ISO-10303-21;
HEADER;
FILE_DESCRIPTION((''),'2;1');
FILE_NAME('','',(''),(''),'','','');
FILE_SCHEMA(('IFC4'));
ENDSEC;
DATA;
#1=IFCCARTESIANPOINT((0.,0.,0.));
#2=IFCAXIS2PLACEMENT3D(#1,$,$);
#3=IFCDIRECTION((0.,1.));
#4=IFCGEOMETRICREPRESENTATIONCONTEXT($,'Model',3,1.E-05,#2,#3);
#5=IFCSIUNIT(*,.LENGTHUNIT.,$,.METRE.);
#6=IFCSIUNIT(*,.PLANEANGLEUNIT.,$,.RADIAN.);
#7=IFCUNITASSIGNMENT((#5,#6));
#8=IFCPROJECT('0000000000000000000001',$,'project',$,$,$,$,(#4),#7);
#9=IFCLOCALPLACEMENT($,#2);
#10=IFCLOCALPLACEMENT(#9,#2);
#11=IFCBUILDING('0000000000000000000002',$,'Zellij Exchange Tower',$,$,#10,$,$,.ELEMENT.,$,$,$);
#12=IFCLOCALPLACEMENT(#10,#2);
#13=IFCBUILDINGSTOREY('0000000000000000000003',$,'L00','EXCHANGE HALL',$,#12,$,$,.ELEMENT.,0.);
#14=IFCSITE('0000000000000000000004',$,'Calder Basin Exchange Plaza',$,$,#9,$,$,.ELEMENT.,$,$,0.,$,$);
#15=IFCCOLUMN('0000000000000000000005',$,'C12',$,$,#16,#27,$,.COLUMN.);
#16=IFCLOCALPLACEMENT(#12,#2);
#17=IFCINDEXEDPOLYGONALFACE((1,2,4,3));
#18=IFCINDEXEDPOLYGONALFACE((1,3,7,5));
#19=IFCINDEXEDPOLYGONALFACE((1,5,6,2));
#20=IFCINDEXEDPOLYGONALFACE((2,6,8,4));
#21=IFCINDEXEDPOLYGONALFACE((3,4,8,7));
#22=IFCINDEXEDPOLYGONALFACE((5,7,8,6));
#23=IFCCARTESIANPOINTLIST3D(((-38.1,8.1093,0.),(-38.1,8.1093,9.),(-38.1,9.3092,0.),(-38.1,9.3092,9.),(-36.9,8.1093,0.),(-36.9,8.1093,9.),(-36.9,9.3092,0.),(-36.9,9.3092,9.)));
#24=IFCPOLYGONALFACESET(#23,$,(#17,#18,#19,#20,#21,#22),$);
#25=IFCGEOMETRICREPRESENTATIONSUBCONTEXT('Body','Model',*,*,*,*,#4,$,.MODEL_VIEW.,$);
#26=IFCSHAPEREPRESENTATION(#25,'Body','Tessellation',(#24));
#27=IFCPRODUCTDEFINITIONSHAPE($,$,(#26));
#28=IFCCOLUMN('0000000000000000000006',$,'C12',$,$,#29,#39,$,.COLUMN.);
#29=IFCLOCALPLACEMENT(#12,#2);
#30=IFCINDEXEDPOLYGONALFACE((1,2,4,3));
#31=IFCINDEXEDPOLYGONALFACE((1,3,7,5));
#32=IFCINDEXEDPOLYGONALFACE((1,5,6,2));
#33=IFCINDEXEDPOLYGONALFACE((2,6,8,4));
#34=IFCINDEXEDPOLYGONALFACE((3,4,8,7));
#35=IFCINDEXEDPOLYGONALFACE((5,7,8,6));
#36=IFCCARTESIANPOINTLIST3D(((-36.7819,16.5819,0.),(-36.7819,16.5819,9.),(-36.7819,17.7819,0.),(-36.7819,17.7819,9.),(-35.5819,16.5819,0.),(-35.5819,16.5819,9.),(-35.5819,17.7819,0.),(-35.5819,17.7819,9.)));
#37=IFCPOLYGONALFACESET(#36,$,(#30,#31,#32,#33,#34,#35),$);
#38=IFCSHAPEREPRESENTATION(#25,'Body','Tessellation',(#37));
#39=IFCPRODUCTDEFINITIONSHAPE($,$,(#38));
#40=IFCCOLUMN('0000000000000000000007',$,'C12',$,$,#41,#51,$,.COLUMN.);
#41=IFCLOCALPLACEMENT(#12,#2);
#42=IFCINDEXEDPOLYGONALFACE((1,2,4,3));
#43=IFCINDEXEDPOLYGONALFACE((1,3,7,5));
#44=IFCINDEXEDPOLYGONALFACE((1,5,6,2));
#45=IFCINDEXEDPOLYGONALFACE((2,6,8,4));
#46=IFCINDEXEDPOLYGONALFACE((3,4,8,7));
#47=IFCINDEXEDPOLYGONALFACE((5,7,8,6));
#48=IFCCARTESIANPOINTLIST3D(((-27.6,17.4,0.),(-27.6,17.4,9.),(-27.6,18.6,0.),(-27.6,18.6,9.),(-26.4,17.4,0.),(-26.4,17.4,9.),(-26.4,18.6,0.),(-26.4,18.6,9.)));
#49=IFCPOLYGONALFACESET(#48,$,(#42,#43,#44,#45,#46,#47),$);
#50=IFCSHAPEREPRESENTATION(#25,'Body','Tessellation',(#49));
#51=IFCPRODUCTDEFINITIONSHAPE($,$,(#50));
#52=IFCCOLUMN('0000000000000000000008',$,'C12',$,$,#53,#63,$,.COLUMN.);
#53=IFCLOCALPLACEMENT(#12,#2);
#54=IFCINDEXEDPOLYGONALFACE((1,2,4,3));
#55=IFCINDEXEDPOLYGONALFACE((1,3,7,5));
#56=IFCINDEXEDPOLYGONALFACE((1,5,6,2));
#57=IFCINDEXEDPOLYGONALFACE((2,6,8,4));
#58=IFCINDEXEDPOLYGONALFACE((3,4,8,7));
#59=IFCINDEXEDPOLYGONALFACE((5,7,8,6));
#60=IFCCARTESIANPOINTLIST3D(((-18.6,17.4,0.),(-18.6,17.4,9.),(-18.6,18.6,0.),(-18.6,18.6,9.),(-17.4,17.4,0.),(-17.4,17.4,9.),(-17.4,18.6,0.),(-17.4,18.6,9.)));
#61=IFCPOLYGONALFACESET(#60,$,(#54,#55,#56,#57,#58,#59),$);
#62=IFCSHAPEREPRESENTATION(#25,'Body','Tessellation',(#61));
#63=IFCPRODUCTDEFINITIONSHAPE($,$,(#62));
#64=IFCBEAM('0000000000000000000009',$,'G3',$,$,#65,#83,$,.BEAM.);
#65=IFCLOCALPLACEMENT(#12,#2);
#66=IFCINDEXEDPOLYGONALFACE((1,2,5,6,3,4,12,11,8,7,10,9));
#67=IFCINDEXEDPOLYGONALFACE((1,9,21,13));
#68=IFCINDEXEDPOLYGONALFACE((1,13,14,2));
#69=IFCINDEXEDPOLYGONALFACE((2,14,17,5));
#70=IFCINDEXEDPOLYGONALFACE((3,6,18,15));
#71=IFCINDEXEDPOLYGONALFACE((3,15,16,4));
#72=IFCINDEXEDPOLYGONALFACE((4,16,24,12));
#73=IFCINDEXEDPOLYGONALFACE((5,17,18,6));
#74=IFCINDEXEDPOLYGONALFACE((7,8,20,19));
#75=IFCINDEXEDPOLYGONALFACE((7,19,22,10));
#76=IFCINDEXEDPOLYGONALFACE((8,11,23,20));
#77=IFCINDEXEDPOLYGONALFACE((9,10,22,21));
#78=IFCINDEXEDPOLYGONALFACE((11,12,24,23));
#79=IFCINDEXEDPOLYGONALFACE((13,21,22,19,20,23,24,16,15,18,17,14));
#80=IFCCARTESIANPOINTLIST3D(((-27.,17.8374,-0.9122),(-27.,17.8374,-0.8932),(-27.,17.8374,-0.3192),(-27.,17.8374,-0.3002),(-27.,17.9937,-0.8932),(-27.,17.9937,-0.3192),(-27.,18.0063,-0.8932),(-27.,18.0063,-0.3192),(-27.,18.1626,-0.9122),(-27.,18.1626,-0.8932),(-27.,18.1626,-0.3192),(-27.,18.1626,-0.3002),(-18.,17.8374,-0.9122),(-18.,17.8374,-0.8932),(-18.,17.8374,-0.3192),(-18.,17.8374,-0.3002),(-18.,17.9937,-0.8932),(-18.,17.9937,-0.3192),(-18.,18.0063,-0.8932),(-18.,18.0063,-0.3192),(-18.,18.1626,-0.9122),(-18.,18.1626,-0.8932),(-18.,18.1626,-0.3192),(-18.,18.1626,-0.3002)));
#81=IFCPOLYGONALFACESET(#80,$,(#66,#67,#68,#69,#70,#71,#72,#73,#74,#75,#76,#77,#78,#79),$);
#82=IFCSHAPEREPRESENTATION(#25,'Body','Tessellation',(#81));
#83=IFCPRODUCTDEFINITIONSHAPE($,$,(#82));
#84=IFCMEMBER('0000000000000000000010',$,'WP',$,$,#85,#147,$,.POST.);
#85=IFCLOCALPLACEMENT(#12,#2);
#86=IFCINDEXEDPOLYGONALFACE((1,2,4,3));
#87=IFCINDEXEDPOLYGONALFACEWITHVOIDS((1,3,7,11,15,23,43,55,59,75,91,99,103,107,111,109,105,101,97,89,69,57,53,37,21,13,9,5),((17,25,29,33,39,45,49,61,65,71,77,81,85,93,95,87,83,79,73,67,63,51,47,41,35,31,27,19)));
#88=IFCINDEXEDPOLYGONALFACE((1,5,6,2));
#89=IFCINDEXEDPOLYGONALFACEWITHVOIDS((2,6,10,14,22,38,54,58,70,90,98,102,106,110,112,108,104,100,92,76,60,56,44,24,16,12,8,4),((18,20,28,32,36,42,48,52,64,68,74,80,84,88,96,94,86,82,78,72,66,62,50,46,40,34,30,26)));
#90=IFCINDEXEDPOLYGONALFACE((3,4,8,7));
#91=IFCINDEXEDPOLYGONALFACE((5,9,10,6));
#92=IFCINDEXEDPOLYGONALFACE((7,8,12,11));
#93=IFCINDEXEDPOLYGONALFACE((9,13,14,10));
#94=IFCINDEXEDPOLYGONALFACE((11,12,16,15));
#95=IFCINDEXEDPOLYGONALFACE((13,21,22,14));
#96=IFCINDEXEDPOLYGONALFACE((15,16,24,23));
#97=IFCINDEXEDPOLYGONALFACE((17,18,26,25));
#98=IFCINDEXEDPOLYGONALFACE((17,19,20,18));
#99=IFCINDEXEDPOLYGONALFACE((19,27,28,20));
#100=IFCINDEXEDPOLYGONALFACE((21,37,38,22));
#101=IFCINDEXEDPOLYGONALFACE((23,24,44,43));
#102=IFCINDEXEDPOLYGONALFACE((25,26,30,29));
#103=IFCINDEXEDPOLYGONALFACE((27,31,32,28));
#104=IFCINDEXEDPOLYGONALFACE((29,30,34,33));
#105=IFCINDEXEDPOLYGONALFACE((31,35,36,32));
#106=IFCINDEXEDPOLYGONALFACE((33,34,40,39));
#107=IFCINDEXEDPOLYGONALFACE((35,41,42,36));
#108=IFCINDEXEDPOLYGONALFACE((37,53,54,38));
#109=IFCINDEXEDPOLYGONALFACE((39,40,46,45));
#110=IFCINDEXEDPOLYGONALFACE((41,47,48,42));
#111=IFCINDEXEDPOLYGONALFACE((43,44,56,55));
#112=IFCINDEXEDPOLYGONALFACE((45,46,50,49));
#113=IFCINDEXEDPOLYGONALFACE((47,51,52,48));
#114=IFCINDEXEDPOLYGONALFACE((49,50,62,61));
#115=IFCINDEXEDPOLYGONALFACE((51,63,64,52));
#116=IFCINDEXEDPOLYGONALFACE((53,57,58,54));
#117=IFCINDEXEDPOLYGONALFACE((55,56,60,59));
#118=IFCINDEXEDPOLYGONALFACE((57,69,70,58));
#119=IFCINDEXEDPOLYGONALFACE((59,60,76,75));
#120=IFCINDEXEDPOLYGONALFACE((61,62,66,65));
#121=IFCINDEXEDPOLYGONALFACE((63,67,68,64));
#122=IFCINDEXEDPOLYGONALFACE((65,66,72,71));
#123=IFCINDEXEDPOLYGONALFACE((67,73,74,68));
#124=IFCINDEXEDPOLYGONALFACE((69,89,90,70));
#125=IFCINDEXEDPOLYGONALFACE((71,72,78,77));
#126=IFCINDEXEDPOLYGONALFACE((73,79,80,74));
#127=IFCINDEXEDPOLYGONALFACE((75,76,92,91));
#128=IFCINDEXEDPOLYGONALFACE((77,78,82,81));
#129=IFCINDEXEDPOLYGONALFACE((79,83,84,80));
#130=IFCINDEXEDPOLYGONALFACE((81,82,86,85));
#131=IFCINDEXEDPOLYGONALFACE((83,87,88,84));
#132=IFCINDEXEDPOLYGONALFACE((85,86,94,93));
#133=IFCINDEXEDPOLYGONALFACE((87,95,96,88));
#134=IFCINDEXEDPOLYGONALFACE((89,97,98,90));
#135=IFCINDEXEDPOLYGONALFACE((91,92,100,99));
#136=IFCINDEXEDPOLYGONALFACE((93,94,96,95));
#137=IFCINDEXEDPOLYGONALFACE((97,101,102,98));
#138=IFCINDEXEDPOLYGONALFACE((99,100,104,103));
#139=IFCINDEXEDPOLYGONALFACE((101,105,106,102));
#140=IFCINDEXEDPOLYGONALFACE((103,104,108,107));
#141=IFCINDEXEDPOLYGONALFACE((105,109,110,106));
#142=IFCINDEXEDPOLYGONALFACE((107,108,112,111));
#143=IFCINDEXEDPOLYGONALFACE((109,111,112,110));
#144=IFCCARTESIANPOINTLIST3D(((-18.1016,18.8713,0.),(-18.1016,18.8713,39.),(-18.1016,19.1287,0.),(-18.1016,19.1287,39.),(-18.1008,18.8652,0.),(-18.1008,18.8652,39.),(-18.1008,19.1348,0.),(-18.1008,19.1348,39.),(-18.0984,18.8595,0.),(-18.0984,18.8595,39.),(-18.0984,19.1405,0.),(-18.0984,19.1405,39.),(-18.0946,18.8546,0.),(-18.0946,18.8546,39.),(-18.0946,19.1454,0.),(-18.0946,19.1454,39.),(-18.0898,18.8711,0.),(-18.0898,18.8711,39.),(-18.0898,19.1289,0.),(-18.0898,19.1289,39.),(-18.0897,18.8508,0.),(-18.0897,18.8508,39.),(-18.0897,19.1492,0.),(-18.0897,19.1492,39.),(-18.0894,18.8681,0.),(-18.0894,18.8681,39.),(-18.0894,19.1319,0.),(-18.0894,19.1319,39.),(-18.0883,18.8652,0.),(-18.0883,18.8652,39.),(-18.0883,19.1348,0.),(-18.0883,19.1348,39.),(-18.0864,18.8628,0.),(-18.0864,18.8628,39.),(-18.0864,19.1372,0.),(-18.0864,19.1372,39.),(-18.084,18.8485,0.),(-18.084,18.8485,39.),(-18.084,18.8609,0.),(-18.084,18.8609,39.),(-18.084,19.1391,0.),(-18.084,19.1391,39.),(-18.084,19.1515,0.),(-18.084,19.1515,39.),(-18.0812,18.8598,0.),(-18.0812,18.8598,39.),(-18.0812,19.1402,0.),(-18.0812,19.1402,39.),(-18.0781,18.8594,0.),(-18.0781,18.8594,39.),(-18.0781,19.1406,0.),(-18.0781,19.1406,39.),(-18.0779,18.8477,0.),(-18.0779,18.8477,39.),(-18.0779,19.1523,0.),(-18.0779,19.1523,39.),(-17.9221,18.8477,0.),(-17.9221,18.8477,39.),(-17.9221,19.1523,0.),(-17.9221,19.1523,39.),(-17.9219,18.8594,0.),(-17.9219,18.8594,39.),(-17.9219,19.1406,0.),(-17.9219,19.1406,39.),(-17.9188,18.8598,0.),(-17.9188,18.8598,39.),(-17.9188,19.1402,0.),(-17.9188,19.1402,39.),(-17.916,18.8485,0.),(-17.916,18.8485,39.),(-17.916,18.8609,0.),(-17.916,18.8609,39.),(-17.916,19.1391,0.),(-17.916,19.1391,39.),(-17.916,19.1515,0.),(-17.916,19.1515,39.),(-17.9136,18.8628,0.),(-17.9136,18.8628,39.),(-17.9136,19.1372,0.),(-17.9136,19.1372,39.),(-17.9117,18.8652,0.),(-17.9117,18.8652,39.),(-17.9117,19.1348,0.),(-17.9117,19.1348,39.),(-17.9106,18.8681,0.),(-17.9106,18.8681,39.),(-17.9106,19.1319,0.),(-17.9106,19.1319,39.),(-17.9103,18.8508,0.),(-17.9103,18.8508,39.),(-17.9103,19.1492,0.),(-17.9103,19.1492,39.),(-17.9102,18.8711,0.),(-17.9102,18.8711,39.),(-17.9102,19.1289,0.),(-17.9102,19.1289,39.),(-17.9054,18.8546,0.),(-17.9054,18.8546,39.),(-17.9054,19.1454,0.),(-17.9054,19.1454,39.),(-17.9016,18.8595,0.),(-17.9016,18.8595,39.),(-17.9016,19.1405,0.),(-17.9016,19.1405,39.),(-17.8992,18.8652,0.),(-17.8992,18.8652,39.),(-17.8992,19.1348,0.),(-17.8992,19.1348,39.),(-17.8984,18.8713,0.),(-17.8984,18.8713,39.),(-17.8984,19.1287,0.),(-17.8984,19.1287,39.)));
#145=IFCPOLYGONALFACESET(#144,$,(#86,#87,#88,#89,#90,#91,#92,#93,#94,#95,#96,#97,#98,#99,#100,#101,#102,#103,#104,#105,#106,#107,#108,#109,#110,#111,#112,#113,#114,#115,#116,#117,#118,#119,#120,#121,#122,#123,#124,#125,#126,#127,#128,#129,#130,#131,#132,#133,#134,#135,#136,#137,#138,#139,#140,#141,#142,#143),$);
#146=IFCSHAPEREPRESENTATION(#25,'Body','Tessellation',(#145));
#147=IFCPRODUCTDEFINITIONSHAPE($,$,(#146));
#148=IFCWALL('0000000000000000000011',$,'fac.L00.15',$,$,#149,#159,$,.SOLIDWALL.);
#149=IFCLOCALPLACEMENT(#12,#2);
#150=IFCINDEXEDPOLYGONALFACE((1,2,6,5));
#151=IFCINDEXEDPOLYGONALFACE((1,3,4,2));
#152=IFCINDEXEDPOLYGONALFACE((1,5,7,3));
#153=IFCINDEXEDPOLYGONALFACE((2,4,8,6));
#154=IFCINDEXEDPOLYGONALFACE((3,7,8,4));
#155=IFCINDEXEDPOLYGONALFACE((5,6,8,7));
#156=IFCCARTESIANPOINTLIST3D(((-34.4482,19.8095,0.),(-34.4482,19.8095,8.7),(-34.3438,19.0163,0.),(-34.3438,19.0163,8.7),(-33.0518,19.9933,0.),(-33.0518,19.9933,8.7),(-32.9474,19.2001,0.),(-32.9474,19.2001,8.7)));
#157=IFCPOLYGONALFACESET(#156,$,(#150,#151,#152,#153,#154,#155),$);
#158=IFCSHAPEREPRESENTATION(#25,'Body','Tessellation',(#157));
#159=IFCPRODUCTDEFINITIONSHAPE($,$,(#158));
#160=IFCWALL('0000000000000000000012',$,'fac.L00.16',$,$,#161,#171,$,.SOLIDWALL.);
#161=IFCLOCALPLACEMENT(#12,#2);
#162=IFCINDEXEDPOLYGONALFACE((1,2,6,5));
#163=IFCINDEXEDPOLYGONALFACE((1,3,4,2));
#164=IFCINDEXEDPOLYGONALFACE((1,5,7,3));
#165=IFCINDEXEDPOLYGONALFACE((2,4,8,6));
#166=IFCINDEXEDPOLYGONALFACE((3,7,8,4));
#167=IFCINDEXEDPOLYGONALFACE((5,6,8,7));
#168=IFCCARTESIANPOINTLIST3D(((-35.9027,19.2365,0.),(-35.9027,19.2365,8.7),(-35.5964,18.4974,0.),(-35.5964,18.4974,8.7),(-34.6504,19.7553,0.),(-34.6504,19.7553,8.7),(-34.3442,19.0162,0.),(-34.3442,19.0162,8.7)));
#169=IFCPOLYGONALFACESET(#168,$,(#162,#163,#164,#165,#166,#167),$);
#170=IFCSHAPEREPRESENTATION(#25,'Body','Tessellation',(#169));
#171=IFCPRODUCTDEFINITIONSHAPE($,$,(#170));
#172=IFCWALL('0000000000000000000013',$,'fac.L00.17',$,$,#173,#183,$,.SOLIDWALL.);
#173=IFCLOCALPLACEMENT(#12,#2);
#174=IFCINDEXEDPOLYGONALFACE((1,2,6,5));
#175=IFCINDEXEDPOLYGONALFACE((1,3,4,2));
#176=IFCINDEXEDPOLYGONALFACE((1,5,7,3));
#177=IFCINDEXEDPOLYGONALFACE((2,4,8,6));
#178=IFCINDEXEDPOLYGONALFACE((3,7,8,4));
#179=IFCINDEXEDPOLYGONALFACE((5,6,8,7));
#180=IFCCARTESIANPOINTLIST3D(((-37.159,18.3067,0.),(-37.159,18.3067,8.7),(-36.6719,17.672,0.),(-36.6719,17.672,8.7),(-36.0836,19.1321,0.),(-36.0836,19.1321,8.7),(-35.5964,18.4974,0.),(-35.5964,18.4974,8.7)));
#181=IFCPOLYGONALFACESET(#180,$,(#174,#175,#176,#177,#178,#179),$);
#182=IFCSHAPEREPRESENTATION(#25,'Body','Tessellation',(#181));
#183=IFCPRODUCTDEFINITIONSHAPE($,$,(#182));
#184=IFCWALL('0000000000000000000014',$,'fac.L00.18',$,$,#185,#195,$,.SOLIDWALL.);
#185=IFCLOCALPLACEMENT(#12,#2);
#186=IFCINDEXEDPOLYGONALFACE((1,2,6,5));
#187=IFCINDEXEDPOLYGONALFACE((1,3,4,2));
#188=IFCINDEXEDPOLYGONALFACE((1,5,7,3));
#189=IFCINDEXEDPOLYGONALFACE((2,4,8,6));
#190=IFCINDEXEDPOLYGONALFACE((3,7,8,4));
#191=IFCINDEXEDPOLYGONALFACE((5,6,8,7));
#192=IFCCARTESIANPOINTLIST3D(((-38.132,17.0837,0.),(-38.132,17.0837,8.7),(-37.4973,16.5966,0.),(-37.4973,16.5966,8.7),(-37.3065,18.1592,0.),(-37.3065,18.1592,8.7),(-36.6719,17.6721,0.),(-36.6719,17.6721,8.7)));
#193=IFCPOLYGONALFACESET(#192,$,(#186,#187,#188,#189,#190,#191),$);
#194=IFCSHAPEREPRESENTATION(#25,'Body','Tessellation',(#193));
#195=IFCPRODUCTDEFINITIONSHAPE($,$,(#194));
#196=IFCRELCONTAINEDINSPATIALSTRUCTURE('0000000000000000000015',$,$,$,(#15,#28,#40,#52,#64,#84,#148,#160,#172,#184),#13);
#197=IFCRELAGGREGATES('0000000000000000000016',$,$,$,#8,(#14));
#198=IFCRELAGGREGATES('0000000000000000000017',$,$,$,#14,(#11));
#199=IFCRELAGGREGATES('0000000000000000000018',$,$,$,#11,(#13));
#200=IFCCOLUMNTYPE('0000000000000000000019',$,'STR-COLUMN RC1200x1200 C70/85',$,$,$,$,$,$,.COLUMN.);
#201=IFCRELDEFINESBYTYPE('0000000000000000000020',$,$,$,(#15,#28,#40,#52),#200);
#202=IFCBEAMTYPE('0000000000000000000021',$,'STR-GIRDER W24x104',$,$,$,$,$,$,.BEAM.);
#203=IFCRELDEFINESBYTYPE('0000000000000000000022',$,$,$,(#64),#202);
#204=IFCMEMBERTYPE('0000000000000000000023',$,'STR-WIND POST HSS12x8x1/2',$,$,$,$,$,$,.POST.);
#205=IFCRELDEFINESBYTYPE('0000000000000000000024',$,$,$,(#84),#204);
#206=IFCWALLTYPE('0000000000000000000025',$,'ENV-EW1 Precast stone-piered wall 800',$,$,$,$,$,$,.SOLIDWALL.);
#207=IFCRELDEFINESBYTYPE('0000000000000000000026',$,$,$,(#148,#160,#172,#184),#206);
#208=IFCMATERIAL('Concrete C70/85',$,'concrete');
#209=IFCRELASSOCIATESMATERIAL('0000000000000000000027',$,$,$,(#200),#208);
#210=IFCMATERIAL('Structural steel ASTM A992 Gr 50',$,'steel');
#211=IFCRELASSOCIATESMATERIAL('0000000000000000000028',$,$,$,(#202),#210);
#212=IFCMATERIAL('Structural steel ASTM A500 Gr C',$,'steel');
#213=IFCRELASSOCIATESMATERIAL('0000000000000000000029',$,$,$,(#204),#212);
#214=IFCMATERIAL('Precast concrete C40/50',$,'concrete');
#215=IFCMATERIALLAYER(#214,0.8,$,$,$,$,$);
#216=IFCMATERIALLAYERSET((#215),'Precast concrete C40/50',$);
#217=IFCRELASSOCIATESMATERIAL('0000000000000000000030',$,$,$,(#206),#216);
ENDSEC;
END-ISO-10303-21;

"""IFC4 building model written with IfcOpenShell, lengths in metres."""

from ifc_helpers import new_model, si_unit, direction, frame, frame_2d, origin, origin_2d, place, context, subcontext, project, spatial, rectangle, hollow_rectangle, i_section, extrude, material, layer, layer_set, material_profile, profile_set, type_object, element, save


model = new_model("IFC4")

# Units and contexts
model_context = context("Model", 3, precision=1e-05, world=origin(), true_north=direction((0.0, 1.0)))
body_context = subcontext(model_context, "Body", "Model", "MODEL_VIEW")
ifc_project = project(units=[si_unit("LENGTHUNIT", "METRE"), si_unit("PLANEANGLEUNIT", "RADIAN")], contexts=[model_context])

# Site, building, storey
site_placement = place(None, origin())
site = spatial("IfcSite", under=ifc_project, at=site_placement, Name="Calder Basin Exchange Plaza", CompositionType="ELEMENT", RefElevation=0.0)
building_placement = place(site_placement, origin())
building = spatial("IfcBuilding", under=site, at=building_placement, Name="Zellij Exchange Tower", CompositionType="ELEMENT")
storey_placement = place(building_placement, origin())
storey = spatial("IfcBuildingStorey", under=building, at=storey_placement, Name="L00", Description="EXCHANGE HALL", CompositionType="ELEMENT", Elevation=0.0)

# Columns
ifc_material_1 = material(Name="Concrete C70/85", Category="concrete")
ifc_material_profile_1 = material_profile(ifc_material_1, rectangle(XDim=1.2, YDim=1.2, at=origin_2d()), Name="STR-COLUMN RC1200x1200 C70/85")
ifc_profile_set_1 = profile_set([ifc_material_profile_1], Name="Concrete C70/85")
column_type = type_object("IfcColumnType", Name="STR-COLUMN RC1200x1200 C70/85", PredefinedType="COLUMN", material=ifc_profile_set_1)
for number, where, z_axis, x_axis, name in (
    (1, (-37.5, 8.7092, 0.0), (0.0, 0.0, 1.0), (1.0, 0.0, 0.0), "C12"),
    (2, (-36.1819, 17.1819, 0.0), (0.0, 0.0, 1.0), (1.0, 0.0, 0.0), "C12"),
    (3, (-27.0, 18.0, 0.0), (0.0, 0.0, 1.0), (1.0, 0.0, 0.0), "C12"),
    (4, (-18.0, 18.0, 0.0), (0.0, 0.0, 1.0), (1.0, 0.0, 0.0), "C12"),
):
    element("IfcColumn", number, at=place(storey_placement, frame(where, z_axis=z_axis, x_axis=x_axis)), inside=storey, type_object=column_type, Name=name, PredefinedType="COLUMN", context=body_context, shape_type="SweptSolid", body=[
        extrude(rectangle(XDim=1.2, YDim=1.2, at=origin_2d()), origin(), (0.0, 0.0, 1.0), 9.0),
    ])

# Beam
ifc_material_2 = material(Name="Structural steel ASTM A992 Gr 50", Category="steel")
ifc_material_profile_2 = material_profile(ifc_material_2, i_section(OverallWidth=0.3252, OverallDepth=0.6121, WebThickness=0.0127, FlangeThickness=0.019, at=origin_2d()), Name="W24x104")
ifc_profile_set_2 = profile_set([ifc_material_profile_2], Name="Structural steel ASTM A992 Gr 50")
beam_type = type_object("IfcBeamType", Name="STR-GIRDER W24x104", PredefinedType="BEAM", material=ifc_profile_set_2)
beam_placement = place(storey_placement, frame((-27.0, 18.0, -0.6062), z_axis=(1.0, 0.0, 0.0), x_axis=(0.0, 1.0, 0.0)))
element("IfcBeam", 5, at=beam_placement, inside=storey, type_object=beam_type, Name="G3", PredefinedType="BEAM", context=body_context, shape_type="SweptSolid", body=[
    extrude(i_section(OverallWidth=0.3252, OverallDepth=0.6121, WebThickness=0.0127, FlangeThickness=0.019, at=origin_2d()), origin(), (0.0, 0.0, 1.0), 9.0),
])

# Member
ifc_material_3 = material(Name="Structural steel ASTM A500 Gr C", Category="steel")
ifc_material_profile_3 = material_profile(ifc_material_3, hollow_rectangle(XDim=0.2031, YDim=0.3047, WallThickness=0.0117, InnerFilletRadius=0.0117, OuterFilletRadius=0.0237, at=origin_2d()), Name="STR-WIND POST HSS12x8x1/2")
ifc_profile_set_3 = profile_set([ifc_material_profile_3], Name="Structural steel ASTM A500 Gr C")
member_type = type_object("IfcMemberType", Name="STR-WIND POST HSS12x8x1/2", PredefinedType="POST", material=ifc_profile_set_3)
member_placement = place(storey_placement, frame((-18.0, 19.0, 0.0), z_axis=(0.0, 0.0, 1.0), x_axis=(1.0, 0.0, 0.0)))
element("IfcMember", 6, at=member_placement, inside=storey, type_object=member_type, Name="WP", PredefinedType="POST", context=body_context, shape_type="SweptSolid", body=[
    extrude(hollow_rectangle(XDim=0.2031, YDim=0.3047, WallThickness=0.0117, InnerFilletRadius=0.0117, OuterFilletRadius=0.0237, at=origin_2d()), origin(), (0.0, 0.0, 1.0), 39.0),
])

# Walls
ifc_material_4 = material(Name="Precast concrete C40/50", Category="concrete")
ifc_layer_1 = layer(ifc_material_4, 0.8)
ifc_layer_set_1 = layer_set([ifc_layer_1], Name="Precast concrete C40/50")
wall_type_1 = type_object("IfcWallType", Name="ENV-EW1 Precast stone-piered wall 800", PredefinedType="SOLIDWALL", material=ifc_layer_set_1)
wall_1_placement = place(storey_placement, frame((-32.9998, 19.5967, 0.0), z_axis=(0.0, 0.0, 1.0), x_axis=(-0.991446, -0.130517, 0.0)))
element("IfcWall", 7, at=wall_1_placement, inside=storey, type_object=wall_type_1, Name="fac.L00.15", PredefinedType="SOLIDWALL", context=body_context, shape_type="SweptSolid", body=[
    extrude(rectangle(XDim=1.4084, YDim=0.8, at=frame_2d((0.7041, 0.0))), origin(), (0.0, 0.0, 1.0), 8.7),
])
wall_2_placement = place(storey_placement, frame((-34.4973, 19.3857, 0.0), z_axis=(0.0, 0.0, 1.0), x_axis=(-0.923848, -0.38276, 0.0)))
element("IfcWall", 8, at=wall_2_placement, inside=storey, type_object=wall_type_1, Name="fac.L00.16", PredefinedType="SOLIDWALL", context=body_context, shape_type="SweptSolid", body=[
    extrude(rectangle(XDim=1.3555, YDim=0.8, at=frame_2d((0.6777, 0.0))), origin(), (0.0, 0.0, 1.0), 8.7),
])
for number, where, z_axis, x_axis, name in (
    (9, (-35.8401, 18.8147, 0.0), (0.0, 0.0, 1.0), (-0.793273, -0.608866, 0.0), "fac.L00.17"),
    (10, (-36.9893, 17.9155, 0.0), (0.0, 0.0, 1.0), (-0.608866, -0.793273, 0.0), "fac.L00.18"),
):
    element("IfcWall", number, at=place(storey_placement, frame(where, z_axis=z_axis, x_axis=x_axis)), inside=storey, type_object=wall_type_1, Name=name, PredefinedType="SOLIDWALL", context=body_context, shape_type="SweptSolid", body=[
        extrude(rectangle(XDim=1.3557, YDim=0.8, at=frame_2d((0.6777, 0.0))), origin(), (0.0, 0.0, 1.0), 8.7),
    ])

save(model, "model.ifc")
